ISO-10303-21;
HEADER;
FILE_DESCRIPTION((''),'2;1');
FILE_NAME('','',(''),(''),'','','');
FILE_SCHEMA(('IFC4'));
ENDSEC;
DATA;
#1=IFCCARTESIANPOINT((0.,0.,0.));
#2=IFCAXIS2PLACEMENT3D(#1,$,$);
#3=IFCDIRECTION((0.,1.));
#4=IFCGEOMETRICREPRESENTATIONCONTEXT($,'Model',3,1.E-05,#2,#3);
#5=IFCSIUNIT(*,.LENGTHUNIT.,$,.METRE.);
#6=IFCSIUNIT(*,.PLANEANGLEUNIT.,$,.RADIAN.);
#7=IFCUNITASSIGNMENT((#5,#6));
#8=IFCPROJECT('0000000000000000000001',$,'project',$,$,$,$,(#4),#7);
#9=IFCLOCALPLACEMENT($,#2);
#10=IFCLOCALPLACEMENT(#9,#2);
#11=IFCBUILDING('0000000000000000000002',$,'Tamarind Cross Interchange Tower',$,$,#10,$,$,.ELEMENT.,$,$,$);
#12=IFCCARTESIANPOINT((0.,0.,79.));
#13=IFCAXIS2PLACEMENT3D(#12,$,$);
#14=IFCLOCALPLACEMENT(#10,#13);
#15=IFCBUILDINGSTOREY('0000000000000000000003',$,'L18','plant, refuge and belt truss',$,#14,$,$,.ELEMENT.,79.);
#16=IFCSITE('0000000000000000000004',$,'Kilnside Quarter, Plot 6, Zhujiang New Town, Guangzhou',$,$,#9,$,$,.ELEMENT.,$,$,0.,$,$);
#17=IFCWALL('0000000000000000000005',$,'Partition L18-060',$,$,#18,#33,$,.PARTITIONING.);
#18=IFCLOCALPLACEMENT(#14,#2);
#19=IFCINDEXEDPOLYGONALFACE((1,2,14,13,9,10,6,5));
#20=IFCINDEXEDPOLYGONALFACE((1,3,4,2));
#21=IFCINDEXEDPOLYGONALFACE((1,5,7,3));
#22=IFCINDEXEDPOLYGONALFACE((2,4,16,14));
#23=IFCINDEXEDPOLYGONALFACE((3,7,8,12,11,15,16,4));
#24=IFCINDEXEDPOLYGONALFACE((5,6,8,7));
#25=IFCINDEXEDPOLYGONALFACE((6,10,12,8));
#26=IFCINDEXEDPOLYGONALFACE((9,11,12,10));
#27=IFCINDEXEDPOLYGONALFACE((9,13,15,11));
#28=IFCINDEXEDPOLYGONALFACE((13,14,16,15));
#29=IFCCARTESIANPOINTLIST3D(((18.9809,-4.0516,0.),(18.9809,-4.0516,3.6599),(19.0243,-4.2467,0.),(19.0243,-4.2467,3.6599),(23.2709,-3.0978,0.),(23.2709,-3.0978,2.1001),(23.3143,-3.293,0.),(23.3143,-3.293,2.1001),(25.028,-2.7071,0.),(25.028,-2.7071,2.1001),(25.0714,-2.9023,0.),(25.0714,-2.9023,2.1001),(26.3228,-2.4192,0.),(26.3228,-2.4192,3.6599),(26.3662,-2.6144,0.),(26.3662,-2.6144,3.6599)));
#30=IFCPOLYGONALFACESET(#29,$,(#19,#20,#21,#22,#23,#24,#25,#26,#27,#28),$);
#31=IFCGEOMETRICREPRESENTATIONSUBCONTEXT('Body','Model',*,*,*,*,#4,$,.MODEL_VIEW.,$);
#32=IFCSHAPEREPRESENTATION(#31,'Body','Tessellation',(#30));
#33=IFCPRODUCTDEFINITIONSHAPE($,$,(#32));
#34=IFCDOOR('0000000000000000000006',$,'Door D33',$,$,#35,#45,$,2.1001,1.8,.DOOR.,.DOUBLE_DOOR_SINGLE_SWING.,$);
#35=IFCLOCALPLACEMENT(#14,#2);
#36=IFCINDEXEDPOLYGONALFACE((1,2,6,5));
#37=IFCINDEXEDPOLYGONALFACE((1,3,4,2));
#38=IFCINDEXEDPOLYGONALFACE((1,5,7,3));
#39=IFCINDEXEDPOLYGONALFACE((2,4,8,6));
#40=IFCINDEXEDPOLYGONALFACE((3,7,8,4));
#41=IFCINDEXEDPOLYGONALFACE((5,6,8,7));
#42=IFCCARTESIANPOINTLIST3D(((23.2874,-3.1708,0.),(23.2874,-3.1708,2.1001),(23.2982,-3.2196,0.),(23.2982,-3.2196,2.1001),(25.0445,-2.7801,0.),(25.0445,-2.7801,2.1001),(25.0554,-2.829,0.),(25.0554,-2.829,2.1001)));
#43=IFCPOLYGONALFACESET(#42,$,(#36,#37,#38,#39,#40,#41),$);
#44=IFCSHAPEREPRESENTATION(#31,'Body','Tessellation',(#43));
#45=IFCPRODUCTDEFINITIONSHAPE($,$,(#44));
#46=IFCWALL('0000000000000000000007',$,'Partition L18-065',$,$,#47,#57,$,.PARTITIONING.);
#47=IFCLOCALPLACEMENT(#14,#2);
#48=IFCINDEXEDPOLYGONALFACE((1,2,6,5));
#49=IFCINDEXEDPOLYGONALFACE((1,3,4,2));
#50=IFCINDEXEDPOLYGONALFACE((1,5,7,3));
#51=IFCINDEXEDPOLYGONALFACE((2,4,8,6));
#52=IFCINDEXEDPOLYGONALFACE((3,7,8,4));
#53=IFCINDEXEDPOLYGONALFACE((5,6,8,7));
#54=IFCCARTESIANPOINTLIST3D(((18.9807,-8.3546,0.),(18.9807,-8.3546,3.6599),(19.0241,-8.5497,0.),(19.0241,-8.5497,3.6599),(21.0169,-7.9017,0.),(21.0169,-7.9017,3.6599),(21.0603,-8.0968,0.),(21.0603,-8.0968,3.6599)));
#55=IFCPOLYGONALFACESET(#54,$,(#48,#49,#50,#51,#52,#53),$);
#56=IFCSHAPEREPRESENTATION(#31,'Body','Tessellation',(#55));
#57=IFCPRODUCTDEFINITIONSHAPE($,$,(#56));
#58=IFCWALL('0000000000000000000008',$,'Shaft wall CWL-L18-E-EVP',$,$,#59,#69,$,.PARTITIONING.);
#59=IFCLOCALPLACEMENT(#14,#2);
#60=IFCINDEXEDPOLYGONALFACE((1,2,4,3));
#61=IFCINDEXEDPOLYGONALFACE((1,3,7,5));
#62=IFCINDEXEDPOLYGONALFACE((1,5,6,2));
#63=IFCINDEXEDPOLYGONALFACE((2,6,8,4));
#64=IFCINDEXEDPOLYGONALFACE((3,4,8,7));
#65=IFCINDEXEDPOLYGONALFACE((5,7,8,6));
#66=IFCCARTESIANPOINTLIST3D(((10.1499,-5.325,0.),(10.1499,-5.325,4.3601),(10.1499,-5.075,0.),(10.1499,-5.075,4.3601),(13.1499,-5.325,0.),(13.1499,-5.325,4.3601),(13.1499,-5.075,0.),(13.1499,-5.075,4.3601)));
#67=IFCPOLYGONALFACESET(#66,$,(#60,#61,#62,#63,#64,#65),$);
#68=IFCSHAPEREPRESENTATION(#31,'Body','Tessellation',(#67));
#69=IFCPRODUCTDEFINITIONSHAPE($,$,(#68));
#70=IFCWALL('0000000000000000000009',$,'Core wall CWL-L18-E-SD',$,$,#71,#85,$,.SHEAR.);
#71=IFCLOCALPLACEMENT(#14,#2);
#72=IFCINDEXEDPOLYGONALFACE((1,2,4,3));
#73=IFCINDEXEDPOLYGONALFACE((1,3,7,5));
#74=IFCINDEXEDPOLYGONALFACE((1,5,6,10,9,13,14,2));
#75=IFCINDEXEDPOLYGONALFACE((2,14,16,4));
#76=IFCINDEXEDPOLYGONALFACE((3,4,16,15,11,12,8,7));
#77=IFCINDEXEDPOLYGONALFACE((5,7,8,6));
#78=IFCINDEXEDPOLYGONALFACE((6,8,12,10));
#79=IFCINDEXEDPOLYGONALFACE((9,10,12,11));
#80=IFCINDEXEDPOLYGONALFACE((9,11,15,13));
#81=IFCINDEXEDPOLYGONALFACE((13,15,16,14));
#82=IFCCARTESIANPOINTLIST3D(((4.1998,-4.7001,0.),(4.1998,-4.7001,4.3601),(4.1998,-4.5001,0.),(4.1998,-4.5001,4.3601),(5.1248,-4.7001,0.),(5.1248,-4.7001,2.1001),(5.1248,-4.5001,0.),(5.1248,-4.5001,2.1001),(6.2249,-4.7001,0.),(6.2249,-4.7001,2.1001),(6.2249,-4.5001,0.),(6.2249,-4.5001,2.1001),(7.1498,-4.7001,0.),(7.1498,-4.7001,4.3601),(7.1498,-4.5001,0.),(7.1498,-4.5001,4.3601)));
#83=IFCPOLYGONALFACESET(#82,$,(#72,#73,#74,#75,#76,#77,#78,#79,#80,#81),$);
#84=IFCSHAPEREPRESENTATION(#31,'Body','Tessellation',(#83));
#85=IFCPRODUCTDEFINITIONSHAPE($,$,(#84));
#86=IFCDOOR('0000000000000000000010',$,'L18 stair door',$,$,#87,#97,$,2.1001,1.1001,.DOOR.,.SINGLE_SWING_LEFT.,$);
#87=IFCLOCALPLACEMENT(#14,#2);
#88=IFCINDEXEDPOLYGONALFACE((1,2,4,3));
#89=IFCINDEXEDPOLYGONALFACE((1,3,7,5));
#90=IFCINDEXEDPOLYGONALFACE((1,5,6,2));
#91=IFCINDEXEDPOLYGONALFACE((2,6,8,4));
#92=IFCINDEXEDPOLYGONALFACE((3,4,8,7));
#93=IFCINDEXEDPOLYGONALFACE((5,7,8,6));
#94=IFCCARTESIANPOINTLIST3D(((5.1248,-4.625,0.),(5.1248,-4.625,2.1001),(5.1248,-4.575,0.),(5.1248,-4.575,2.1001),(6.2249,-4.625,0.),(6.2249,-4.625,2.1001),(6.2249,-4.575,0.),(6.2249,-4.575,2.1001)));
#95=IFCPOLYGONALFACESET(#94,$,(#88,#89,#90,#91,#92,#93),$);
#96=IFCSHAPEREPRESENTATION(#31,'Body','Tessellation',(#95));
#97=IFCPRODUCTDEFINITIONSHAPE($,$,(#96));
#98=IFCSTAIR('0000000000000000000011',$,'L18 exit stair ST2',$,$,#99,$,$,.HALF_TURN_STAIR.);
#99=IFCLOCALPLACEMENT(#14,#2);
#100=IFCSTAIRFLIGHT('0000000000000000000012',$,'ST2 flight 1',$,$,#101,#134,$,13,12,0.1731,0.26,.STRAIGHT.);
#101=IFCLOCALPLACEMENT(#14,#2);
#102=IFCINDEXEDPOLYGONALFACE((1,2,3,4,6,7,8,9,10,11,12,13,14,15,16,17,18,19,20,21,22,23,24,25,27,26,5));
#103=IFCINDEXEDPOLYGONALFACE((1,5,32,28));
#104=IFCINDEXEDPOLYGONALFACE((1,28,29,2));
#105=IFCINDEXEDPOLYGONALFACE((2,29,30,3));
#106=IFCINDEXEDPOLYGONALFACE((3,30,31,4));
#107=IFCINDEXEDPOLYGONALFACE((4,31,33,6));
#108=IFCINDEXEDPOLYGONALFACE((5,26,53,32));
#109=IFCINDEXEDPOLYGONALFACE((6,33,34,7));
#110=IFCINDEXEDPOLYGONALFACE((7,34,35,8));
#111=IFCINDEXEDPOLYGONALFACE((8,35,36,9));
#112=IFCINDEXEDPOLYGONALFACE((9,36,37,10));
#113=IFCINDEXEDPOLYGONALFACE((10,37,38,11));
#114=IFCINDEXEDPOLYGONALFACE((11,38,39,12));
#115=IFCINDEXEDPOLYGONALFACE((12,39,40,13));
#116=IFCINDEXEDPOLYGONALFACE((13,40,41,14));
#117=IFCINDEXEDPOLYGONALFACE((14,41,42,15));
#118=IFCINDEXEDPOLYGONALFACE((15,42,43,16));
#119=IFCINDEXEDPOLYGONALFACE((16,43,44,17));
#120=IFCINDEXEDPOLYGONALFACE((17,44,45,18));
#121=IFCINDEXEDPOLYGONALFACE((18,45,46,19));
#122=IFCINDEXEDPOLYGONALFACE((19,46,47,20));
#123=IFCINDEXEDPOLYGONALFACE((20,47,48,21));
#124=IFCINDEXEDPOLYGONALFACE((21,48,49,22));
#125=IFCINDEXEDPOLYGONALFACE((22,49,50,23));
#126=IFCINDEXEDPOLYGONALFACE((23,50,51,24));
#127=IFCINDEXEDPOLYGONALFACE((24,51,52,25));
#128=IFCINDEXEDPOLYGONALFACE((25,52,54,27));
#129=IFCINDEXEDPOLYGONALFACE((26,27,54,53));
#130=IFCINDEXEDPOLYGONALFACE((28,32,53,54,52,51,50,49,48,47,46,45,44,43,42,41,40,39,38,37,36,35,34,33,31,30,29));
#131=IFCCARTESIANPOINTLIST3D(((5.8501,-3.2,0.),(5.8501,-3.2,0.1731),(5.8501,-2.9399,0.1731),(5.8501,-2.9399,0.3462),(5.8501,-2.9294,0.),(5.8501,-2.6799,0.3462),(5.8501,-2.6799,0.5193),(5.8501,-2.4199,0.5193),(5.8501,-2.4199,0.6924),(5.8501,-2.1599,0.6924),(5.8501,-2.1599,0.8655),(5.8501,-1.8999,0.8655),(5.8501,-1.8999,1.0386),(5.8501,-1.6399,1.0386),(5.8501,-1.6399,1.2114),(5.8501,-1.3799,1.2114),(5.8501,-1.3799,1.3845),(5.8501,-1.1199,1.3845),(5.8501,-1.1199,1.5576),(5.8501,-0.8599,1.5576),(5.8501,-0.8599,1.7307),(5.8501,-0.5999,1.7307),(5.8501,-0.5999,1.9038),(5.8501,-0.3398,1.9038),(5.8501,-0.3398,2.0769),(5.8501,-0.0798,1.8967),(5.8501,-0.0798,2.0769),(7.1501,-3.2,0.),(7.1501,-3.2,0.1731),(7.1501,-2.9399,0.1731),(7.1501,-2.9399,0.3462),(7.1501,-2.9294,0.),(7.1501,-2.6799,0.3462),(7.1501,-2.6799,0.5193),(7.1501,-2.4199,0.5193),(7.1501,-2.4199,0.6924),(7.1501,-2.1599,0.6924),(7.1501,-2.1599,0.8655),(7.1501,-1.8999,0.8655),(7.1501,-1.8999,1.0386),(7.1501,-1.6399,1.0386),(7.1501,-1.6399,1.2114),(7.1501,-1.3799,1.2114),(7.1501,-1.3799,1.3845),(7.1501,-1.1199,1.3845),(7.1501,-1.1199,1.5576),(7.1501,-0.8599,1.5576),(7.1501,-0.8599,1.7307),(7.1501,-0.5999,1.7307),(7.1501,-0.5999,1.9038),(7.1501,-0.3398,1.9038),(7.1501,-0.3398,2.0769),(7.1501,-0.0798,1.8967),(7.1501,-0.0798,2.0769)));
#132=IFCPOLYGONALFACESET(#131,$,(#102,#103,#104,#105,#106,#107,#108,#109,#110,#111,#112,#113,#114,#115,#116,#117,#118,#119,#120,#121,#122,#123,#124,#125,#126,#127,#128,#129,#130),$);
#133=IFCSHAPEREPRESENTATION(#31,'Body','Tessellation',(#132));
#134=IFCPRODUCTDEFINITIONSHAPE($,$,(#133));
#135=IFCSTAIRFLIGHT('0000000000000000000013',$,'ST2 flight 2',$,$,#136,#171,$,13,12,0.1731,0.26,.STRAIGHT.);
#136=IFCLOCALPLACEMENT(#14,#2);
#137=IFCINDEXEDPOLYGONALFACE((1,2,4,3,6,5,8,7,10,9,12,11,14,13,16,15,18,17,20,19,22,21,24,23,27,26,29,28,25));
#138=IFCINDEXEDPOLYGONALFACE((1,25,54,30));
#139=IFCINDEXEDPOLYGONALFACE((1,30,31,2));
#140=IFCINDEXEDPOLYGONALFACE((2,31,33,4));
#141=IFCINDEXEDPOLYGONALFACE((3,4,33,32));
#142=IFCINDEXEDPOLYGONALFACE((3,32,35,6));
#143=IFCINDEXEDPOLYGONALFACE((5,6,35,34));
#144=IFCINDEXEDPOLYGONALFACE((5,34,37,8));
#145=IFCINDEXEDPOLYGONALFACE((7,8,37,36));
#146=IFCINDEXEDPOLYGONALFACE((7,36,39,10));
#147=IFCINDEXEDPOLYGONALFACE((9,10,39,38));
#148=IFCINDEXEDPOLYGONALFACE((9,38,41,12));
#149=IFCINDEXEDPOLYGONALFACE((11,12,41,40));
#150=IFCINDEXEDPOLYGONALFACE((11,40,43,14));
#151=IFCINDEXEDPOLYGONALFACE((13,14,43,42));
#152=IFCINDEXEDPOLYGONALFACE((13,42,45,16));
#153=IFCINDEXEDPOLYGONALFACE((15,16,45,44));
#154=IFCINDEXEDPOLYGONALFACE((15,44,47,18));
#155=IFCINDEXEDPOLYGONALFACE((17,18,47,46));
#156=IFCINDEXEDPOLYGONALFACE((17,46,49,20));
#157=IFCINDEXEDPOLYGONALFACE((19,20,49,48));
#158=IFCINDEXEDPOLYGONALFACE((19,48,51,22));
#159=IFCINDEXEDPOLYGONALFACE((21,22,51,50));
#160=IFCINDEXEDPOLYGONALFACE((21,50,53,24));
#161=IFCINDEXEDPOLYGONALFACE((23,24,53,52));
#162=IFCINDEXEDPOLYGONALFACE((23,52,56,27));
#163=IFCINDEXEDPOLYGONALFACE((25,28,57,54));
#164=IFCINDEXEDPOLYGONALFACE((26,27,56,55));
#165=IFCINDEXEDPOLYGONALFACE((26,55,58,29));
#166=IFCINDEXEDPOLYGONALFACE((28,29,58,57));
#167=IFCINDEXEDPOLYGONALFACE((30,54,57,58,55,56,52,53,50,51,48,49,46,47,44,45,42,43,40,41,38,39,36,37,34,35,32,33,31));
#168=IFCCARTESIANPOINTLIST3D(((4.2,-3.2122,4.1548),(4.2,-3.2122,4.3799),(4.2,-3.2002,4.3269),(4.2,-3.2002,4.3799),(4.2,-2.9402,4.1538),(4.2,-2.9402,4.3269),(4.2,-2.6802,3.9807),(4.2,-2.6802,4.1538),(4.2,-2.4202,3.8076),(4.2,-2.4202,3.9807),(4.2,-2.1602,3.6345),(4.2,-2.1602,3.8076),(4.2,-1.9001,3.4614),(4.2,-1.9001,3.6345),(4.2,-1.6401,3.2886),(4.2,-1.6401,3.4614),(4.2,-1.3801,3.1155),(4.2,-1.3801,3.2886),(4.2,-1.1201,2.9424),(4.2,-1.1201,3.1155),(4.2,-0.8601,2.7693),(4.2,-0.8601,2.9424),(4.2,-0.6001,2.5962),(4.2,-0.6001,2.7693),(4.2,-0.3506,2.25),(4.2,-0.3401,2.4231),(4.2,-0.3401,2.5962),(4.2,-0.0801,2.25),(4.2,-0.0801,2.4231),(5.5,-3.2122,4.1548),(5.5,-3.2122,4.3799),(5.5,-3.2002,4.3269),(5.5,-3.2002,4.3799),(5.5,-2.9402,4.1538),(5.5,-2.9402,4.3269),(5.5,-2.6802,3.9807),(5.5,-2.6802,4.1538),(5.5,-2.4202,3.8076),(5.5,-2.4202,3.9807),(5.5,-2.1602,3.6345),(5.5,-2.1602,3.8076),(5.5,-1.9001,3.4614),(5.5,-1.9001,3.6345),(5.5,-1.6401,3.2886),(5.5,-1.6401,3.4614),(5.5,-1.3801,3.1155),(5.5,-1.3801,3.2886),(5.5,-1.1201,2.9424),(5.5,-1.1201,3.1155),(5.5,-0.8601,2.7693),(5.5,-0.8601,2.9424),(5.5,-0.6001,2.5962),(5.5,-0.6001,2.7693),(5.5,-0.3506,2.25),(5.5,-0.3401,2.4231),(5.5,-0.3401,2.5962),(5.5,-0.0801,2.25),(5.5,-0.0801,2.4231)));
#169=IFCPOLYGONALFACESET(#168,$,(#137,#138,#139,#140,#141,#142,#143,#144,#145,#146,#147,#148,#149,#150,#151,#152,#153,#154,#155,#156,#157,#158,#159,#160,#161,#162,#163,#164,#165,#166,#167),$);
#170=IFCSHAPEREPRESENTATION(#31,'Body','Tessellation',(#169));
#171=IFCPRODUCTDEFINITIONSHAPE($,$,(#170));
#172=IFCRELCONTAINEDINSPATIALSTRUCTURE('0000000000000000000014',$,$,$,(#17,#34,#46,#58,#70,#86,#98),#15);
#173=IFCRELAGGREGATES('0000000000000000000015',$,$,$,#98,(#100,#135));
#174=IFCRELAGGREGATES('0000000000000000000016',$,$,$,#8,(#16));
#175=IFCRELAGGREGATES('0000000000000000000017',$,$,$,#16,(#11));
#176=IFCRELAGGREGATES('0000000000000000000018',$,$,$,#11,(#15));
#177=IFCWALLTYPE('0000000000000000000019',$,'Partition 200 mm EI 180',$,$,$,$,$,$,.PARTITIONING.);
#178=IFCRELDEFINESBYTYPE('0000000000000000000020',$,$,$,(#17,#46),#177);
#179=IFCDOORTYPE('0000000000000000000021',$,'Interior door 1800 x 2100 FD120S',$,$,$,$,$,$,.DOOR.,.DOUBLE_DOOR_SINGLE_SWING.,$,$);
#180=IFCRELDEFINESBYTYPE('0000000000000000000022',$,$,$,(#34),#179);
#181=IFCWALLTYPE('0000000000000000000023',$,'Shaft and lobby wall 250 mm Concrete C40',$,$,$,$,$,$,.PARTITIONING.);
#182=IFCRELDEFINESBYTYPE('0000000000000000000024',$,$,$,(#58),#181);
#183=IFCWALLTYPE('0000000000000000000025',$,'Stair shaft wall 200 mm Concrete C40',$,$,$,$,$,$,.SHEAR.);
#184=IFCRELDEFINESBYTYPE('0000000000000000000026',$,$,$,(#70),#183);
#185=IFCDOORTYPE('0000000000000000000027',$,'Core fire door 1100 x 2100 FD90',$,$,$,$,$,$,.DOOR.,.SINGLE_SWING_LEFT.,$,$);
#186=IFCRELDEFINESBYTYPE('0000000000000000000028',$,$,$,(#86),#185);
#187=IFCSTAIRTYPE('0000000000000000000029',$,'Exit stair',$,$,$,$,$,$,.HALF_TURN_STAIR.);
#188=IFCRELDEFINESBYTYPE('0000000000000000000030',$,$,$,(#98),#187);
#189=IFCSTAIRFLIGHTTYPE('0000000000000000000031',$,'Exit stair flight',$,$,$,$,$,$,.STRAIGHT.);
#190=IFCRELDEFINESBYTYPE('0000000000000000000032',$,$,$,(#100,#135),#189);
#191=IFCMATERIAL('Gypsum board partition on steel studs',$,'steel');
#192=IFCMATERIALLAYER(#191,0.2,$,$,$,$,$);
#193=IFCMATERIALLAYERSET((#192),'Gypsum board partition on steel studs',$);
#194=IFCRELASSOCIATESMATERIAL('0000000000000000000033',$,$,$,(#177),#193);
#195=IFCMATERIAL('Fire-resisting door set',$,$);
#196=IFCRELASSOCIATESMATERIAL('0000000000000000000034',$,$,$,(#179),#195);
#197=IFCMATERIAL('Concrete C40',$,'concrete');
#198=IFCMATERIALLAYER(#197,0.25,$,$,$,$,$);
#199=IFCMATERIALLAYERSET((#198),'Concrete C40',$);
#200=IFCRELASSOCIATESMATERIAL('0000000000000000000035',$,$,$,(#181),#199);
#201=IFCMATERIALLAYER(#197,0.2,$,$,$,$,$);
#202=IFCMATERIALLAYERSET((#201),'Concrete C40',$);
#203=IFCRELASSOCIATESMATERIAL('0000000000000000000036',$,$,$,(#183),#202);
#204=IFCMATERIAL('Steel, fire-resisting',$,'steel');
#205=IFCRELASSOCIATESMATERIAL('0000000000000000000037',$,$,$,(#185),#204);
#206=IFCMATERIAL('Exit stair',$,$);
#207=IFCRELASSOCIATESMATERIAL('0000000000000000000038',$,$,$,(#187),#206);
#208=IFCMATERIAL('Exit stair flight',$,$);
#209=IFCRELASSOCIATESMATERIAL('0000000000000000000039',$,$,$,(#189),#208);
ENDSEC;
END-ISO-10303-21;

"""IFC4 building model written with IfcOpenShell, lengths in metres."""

from ifc_helpers import new_model, si_unit, direction, frame, frame_2d, origin, place, context, subcontext, project, spatial, polyline, rectangle, outline, extrude, material, layer, layer_set, type_object, element, fill, aggregate, save


model = new_model("IFC4")

# Units and contexts
model_context = context("Model", 3, precision=1e-05, world=origin(), true_north=direction((0.0, 1.0)))
body_context = subcontext(model_context, "Body", "Model", "MODEL_VIEW")
ifc_project = project(units=[si_unit("LENGTHUNIT", "METRE"), si_unit("PLANEANGLEUNIT", "RADIAN")], contexts=[model_context])

# Site, building, storey
site_placement = place(None, origin())
site = spatial("IfcSite", under=ifc_project, at=site_placement, Name="Kilnside Quarter, Plot 6, Zhujiang New Town, Guangzhou", CompositionType="ELEMENT", RefElevation=0.0)
building_placement = place(site_placement, origin())
building = spatial("IfcBuilding", under=site, at=building_placement, Name="Tamarind Cross Interchange Tower", CompositionType="ELEMENT")
storey_placement = place(building_placement, frame((0.0, 0.0, 79.0)))
storey = spatial("IfcBuildingStorey", under=building, at=storey_placement, Name="L18", Description="plant, refuge and belt truss", CompositionType="ELEMENT", Elevation=79.0)

# Shared definitions
ifc_material_1 = material(Name="Steel, fire-resisting", Category="steel")

# Wall, opening, door
ifc_material_2 = material(Name="Gypsum board partition on steel studs", Category="steel")
ifc_layer_1 = layer(ifc_material_2, 0.2)
ifc_layer_set_1 = layer_set([ifc_layer_1], Name="Gypsum board partition on steel studs")
wall_type_1 = type_object("IfcWallType", Name="Partition 200 mm EI 180", PredefinedType="PARTITIONING", material=ifc_layer_set_1)
wall_1_placement = place(storey_placement, frame((19.0024, -4.1492, 0.0), z_axis=(0.0, 0.0, 1.0), x_axis=(0.976166, 0.217027, 0.0)))
wall_1 = element("IfcWall", 1, at=wall_1_placement, inside=storey, type_object=wall_type_1, Name="Partition L18-060", PredefinedType="PARTITIONING", context=body_context, shape_type="SweptSolid", body=[
    extrude(rectangle(XDim=7.5212, YDim=0.2, at=frame_2d((3.7607, 0.0))), origin(), (0.0, 0.0, 1.0), 3.6599),
])
opening_1_placement = place(wall_1_placement, frame((4.395, 0.0, 0.0)))
opening_1 = element("IfcOpeningElement", 2, at=opening_1_placement, cuts=wall_1, PredefinedType="OPENING", context=body_context, shape_type="SweptSolid", body=[
    extrude(rectangle(XDim=1.8, YDim=2.1001, at=frame_2d((0.8999, 1.05))), frame((0.0, 0.1099, 0.0), z_axis=(0.0, -1.0, 0.0), x_axis=(1.0, 0.0, 0.0)), (0.0, 0.0, 1.0), 0.22),
])
ifc_material_3 = material(Name="Fire-resisting door set")
door_type_1 = type_object("IfcDoorType", Name="Interior door 1800 x 2100 FD120S", OperationType="DOUBLE_DOOR_SINGLE_SWING", PredefinedType="DOOR", material=ifc_material_3)
door_1_placement = place(opening_1_placement, frame((1.8, 0.0, 0.0), z_axis=(0.0, 0.0, 1.0), x_axis=(-1.0, 0.0, 0.0)))
door_1 = element("IfcDoor", 3, at=door_1_placement, inside=storey, type_object=door_type_1, Name="Door D33", OperationType="DOUBLE_DOOR_SINGLE_SWING", OverallHeight=2.1001, OverallWidth=1.8, PredefinedType="DOOR", context=body_context, shape_type="SweptSolid", body=[
    extrude(rectangle(XDim=1.8, YDim=2.1001, at=frame_2d((0.8999, 1.05))), frame((0.0, 0.0249, 0.0), z_axis=(0.0, -1.0, 0.0), x_axis=(1.0, 0.0, 0.0)), (0.0, 0.0, 1.0), 0.05),
])
fill(opening_1, door_1)

# Walls
wall_2_placement = place(storey_placement, frame((19.0024, -8.4521, 0.0), z_axis=(0.0, 0.0, 1.0), x_axis=(0.976146, 0.217116, 0.0)))
element("IfcWall", 4, at=wall_2_placement, inside=storey, type_object=wall_type_1, Name="Partition L18-065", PredefinedType="PARTITIONING", context=body_context, shape_type="SweptSolid", body=[
    extrude(rectangle(XDim=2.0859, YDim=0.2, at=frame_2d((1.043, 0.0))), origin(), (0.0, 0.0, 1.0), 3.6599),
])
ifc_material_4 = material(Name="Concrete C40", Category="concrete")
ifc_layer_2 = layer(ifc_material_4, 0.25)
ifc_layer_set_2 = layer_set([ifc_layer_2], Name="Concrete C40")
wall_type_2 = type_object("IfcWallType", Name="Shaft and lobby wall 250 mm Concrete C40", PredefinedType="PARTITIONING", material=ifc_layer_set_2)
wall_3_placement = place(storey_placement, frame((13.1499, -5.2, 0.0), z_axis=(0.0, 0.0, 1.0), x_axis=(-1.0, 0.0, 0.0)))
element("IfcWall", 5, at=wall_3_placement, inside=storey, type_object=wall_type_2, Name="Shaft wall CWL-L18-E-EVP", PredefinedType="PARTITIONING", context=body_context, shape_type="SweptSolid", body=[
    extrude(rectangle(XDim=3.0, YDim=0.25, at=frame_2d((1.5, 0.0))), origin(), (0.0, 0.0, 1.0), 4.3601),
])

# Wall, opening, door
ifc_layer_3 = layer(ifc_material_4, 0.2)
ifc_layer_set_3 = layer_set([ifc_layer_3], Name="Concrete C40")
wall_type_3 = type_object("IfcWallType", Name="Stair shaft wall 200 mm Concrete C40", PredefinedType="SHEAR", material=ifc_layer_set_3)
wall_4_placement = place(storey_placement, frame((7.1499, -4.6001, 0.0), z_axis=(0.0, 0.0, 1.0), x_axis=(-1.0, 0.0, 0.0)))
wall_4 = element("IfcWall", 6, at=wall_4_placement, inside=storey, type_object=wall_type_3, Name="Core wall CWL-L18-E-SD", PredefinedType="SHEAR", context=body_context, shape_type="SweptSolid", body=[
    extrude(rectangle(XDim=2.95, YDim=0.2, at=frame_2d((1.4751, 0.0))), origin(), (0.0, 0.0, 1.0), 4.3601),
])
opening_2_placement = place(wall_4_placement, frame((0.925, 0.0, 0.0)))
opening_2 = element("IfcOpeningElement", 7, at=opening_2_placement, cuts=wall_4, PredefinedType="OPENING", context=body_context, shape_type="SweptSolid", body=[
    extrude(rectangle(XDim=1.1001, YDim=2.1001, at=frame_2d((0.55, 1.05))), frame((0.0, 0.1099, 0.0), z_axis=(0.0, -1.0, 0.0), x_axis=(1.0, 0.0, 0.0)), (0.0, 0.0, 1.0), 0.22),
])
door_type_2 = type_object("IfcDoorType", Name="Core fire door 1100 x 2100 FD90", OperationType="SINGLE_SWING_LEFT", PredefinedType="DOOR", material=ifc_material_1)
door_2_placement = place(opening_2_placement, origin())
door_2 = element("IfcDoor", 8, at=door_2_placement, inside=storey, type_object=door_type_2, Name="L18 stair door", OperationType="SINGLE_SWING_LEFT", OverallHeight=2.1001, OverallWidth=1.1001, PredefinedType="DOOR", context=body_context, shape_type="SweptSolid", body=[
    extrude(rectangle(XDim=1.1001, YDim=2.1001, at=frame_2d((0.55, 1.05))), frame((0.0, 0.0249, 0.0), z_axis=(0.0, -1.0, 0.0), x_axis=(1.0, 0.0, 0.0)), (0.0, 0.0, 1.0), 0.05),
])
fill(opening_2, door_2)

# Stair, stair flights
ifc_material_5 = material(Name="Exit stair")
stair_type = type_object("IfcStairType", Name="Exit stair", PredefinedType="HALF_TURN_STAIR", material=ifc_material_5)
stair_placement = place(storey_placement, origin())
stair = element("IfcStair", 9, at=stair_placement, inside=storey, type_object=stair_type, Name="L18 exit stair ST2", PredefinedType="HALF_TURN_STAIR")
ifc_material_6 = material(Name="Exit stair flight")
stair_flight_type = type_object("IfcStairFlightType", Name="Exit stair flight", PredefinedType="STRAIGHT", material=ifc_material_6)
stair_flight_1_placement = place(storey_placement, frame((6.5, -3.2, 0.0), z_axis=(0.0, 0.0, 1.0), x_axis=(0.0, 1.0, 0.0)))
stair_flight_1 = element("IfcStairFlight", 10, at=stair_flight_1_placement, type_object=stair_flight_type, Name="ST2 flight 1", NumberOfRisers=13, NumberOfTreads=12, PredefinedType="STRAIGHT", RiserHeight=0.1731, TreadLength=0.26, context=body_context, shape_type="SweptSolid", body=[
    extrude(outline(polyline([(0.0, 0.0), (0.0, 0.1731), (0.26, 0.1731), (0.26, 0.3462), (0.52, 0.3462), (0.52, 0.5193), (0.78, 0.5193), (0.78, 0.6924), (1.04, 0.6924), (1.04, 0.8655), (1.3, 0.8655), (1.3, 1.0386), (1.5601, 1.0386), (1.5601, 1.2114), (1.8201, 1.2114), (1.8201, 1.3845), (2.0801, 1.3845), (2.0801, 1.5576), (2.3401, 1.5576), (2.3401, 1.7307), (2.6001, 1.7307), (2.6001, 1.9038), (2.8601, 1.9038), (2.8601, 2.0769), (3.1201, 2.0769), (3.1201, 2.25), (3.1201, 1.8967), (0.2705, 0.0), (0.0, 0.0)])), frame((0.0, 0.6499, 0.0), z_axis=(0.0, -1.0, 0.0), x_axis=(1.0, 0.0, 0.0)), (0.0, 0.0, 1.0), 1.3),
])
stair_flight_2_placement = place(storey_placement, frame((4.8501, -0.0801, 2.25), z_axis=(0.0, 0.0, 1.0), x_axis=(0.0, -1.0, 0.0)))
stair_flight_2 = element("IfcStairFlight", 11, at=stair_flight_2_placement, type_object=stair_flight_type, Name="ST2 flight 2", NumberOfRisers=13, NumberOfTreads=12, PredefinedType="STRAIGHT", RiserHeight=0.1731, TreadLength=0.26, context=body_context, shape_type="SweptSolid", body=[
    extrude(outline(polyline([(0.0, 0.0), (0.0, 0.1731), (0.26, 0.1731), (0.26, 0.3462), (0.52, 0.3462), (0.52, 0.5193), (0.78, 0.5193), (0.78, 0.6924), (1.04, 0.6924), (1.04, 0.8655), (1.3, 0.8655), (1.3, 1.0386), (1.5601, 1.0386), (1.5601, 1.2114), (1.8201, 1.2114), (1.8201, 1.3845), (2.0801, 1.3845), (2.0801, 1.5576), (2.3401, 1.5576), (2.3401, 1.7307), (2.6001, 1.7307), (2.6001, 1.9038), (2.8601, 1.9038), (2.8601, 2.0769), (3.1201, 2.0769), (3.1201, 2.1299), (3.1321, 2.1299), (3.1321, 1.9048), (0.2705, 0.0), (0.0, 0.0)])), frame((0.0, 0.6499, 0.0), z_axis=(0.0, -1.0, 0.0), x_axis=(1.0, 0.0, 0.0)), (0.0, 0.0, 1.0), 1.3),
])
aggregate(stair, [stair_flight_1, stair_flight_2])

save(model, "model.ifc")
